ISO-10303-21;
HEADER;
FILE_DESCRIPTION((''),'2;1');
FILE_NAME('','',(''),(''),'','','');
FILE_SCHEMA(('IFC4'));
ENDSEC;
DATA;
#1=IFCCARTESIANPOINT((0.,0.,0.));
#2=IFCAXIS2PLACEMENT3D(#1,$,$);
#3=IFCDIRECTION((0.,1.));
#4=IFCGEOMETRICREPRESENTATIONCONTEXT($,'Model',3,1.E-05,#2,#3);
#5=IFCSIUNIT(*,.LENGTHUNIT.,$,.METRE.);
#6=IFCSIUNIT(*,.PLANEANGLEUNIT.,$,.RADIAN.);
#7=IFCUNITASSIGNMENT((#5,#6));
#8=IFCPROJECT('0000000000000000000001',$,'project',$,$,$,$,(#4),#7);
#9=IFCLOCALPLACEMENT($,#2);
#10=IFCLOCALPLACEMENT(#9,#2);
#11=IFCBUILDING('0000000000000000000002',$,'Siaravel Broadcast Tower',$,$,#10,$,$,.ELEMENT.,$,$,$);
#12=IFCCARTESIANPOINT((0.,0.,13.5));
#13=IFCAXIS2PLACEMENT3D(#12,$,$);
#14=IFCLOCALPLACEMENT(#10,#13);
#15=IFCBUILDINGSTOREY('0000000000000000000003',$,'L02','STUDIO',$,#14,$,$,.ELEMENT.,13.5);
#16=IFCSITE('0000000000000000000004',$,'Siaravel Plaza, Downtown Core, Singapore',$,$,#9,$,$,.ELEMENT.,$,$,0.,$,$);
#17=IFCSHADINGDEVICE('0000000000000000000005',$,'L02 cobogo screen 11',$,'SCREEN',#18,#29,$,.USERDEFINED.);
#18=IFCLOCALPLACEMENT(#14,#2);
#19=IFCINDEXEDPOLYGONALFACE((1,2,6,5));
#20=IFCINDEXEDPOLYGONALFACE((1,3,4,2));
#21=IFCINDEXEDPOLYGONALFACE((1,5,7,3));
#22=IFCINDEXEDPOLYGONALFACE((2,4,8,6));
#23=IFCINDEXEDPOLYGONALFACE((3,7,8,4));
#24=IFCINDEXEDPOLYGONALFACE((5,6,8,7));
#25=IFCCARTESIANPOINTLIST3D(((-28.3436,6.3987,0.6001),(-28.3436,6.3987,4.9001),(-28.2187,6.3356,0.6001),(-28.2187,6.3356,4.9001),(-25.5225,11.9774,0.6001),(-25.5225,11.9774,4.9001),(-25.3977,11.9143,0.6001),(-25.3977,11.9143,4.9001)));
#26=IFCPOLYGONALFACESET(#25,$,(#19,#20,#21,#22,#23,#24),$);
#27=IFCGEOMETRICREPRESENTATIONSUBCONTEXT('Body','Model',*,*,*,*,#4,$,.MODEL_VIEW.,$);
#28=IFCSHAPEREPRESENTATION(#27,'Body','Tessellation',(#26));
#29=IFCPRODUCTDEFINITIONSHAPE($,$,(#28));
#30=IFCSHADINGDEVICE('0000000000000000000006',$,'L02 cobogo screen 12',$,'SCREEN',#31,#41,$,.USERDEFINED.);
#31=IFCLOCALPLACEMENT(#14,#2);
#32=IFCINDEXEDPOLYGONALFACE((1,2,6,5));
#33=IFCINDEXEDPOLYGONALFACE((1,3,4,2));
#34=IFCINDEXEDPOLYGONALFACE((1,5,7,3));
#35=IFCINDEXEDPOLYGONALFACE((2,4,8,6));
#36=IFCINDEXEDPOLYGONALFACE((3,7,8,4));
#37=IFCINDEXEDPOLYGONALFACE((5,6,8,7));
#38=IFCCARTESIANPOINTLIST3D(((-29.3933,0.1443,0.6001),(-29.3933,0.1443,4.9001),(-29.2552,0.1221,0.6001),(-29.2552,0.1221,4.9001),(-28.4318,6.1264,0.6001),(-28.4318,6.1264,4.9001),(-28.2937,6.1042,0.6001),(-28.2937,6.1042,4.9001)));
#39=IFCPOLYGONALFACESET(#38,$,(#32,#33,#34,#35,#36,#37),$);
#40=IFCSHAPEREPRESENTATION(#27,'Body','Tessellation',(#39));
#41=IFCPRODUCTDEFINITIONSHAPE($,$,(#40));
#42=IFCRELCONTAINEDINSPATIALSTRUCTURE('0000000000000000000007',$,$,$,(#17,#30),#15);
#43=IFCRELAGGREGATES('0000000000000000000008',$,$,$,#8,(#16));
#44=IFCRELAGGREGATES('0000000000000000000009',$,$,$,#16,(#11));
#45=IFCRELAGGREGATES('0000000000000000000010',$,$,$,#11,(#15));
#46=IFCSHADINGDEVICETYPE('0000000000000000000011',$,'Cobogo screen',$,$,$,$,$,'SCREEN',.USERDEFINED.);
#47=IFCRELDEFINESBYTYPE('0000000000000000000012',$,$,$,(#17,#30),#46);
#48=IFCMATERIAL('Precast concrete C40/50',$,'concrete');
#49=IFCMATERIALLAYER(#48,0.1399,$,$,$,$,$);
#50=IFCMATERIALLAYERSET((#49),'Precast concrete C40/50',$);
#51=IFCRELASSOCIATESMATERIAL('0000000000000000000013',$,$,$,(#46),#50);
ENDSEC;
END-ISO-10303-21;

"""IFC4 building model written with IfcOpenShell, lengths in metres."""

from ifc_helpers import new_model, si_unit, direction, frame, origin, origin_2d, place, context, subcontext, project, spatial, rectangle, extrude, material, layer, layer_set, type_object, element, save


model = new_model("IFC4")

# Units and contexts
model_context = context("Model", 3, precision=1e-05, world=origin(), true_north=direction((0.0, 1.0)))
body_context = subcontext(model_context, "Body", "Model", "MODEL_VIEW")
ifc_project = project(units=[si_unit("LENGTHUNIT", "METRE"), si_unit("PLANEANGLEUNIT", "RADIAN")], contexts=[model_context])

# Site, building, storey
site_placement = place(None, origin())
site = spatial("IfcSite", under=ifc_project, at=site_placement, Name="Siaravel Plaza, Downtown Core, Singapore", CompositionType="ELEMENT", RefElevation=0.0)
building_placement = place(site_placement, origin())
building = spatial("IfcBuilding", under=site, at=building_placement, Name="Siaravel Broadcast Tower", CompositionType="ELEMENT")
storey_placement = place(building_placement, frame((0.0, 0.0, 13.5)))
storey = spatial("IfcBuildingStorey", under=building, at=storey_placement, Name="L02", Description="STUDIO", CompositionType="ELEMENT", Elevation=13.5)

# Shading devices
ifc_material_1 = material(Name="Precast concrete C40/50", Category="concrete")
ifc_layer_1 = layer(ifc_material_1, 0.1399)
ifc_layer_set_1 = layer_set([ifc_layer_1], Name="Precast concrete C40/50")
shading_device_type_1 = type_object("IfcShadingDeviceType", Name="Cobogo screen", ElementType="SCREEN", PredefinedType="USERDEFINED", material=ifc_layer_set_1)
shading_device_1_placement = place(storey_placement, frame((-26.8706, 9.1565, 0.6001), z_axis=(0.0, 0.0, 1.0), x_axis=(-0.451262, -0.892391, 0.0)))
element("IfcShadingDevice", 1, at=shading_device_1_placement, inside=storey, type_object=shading_device_type_1, Name="L02 cobogo screen 11", ObjectType="SCREEN", PredefinedType="USERDEFINED", context=body_context, shape_type="SweptSolid", body=[
    extrude(rectangle(XDim=6.2515, YDim=0.1399, at=origin_2d()), origin(), (0.0, 0.0, 1.0), 4.3),
])
shading_device_2_placement = place(storey_placement, frame((-28.8435, 3.1243, 0.6001), z_axis=(0.0, 0.0, 1.0), x_axis=(-0.158685, -0.987329, 0.0)))
element("IfcShadingDevice", 2, at=shading_device_2_placement, inside=storey, type_object=shading_device_type_1, Name="L02 cobogo screen 12", ObjectType="SCREEN", PredefinedType="USERDEFINED", context=body_context, shape_type="SweptSolid", body=[
    extrude(rectangle(XDim=6.0588, YDim=0.1399, at=origin_2d()), origin(), (0.0, 0.0, 1.0), 4.3),
])

save(model, "model.ifc")
